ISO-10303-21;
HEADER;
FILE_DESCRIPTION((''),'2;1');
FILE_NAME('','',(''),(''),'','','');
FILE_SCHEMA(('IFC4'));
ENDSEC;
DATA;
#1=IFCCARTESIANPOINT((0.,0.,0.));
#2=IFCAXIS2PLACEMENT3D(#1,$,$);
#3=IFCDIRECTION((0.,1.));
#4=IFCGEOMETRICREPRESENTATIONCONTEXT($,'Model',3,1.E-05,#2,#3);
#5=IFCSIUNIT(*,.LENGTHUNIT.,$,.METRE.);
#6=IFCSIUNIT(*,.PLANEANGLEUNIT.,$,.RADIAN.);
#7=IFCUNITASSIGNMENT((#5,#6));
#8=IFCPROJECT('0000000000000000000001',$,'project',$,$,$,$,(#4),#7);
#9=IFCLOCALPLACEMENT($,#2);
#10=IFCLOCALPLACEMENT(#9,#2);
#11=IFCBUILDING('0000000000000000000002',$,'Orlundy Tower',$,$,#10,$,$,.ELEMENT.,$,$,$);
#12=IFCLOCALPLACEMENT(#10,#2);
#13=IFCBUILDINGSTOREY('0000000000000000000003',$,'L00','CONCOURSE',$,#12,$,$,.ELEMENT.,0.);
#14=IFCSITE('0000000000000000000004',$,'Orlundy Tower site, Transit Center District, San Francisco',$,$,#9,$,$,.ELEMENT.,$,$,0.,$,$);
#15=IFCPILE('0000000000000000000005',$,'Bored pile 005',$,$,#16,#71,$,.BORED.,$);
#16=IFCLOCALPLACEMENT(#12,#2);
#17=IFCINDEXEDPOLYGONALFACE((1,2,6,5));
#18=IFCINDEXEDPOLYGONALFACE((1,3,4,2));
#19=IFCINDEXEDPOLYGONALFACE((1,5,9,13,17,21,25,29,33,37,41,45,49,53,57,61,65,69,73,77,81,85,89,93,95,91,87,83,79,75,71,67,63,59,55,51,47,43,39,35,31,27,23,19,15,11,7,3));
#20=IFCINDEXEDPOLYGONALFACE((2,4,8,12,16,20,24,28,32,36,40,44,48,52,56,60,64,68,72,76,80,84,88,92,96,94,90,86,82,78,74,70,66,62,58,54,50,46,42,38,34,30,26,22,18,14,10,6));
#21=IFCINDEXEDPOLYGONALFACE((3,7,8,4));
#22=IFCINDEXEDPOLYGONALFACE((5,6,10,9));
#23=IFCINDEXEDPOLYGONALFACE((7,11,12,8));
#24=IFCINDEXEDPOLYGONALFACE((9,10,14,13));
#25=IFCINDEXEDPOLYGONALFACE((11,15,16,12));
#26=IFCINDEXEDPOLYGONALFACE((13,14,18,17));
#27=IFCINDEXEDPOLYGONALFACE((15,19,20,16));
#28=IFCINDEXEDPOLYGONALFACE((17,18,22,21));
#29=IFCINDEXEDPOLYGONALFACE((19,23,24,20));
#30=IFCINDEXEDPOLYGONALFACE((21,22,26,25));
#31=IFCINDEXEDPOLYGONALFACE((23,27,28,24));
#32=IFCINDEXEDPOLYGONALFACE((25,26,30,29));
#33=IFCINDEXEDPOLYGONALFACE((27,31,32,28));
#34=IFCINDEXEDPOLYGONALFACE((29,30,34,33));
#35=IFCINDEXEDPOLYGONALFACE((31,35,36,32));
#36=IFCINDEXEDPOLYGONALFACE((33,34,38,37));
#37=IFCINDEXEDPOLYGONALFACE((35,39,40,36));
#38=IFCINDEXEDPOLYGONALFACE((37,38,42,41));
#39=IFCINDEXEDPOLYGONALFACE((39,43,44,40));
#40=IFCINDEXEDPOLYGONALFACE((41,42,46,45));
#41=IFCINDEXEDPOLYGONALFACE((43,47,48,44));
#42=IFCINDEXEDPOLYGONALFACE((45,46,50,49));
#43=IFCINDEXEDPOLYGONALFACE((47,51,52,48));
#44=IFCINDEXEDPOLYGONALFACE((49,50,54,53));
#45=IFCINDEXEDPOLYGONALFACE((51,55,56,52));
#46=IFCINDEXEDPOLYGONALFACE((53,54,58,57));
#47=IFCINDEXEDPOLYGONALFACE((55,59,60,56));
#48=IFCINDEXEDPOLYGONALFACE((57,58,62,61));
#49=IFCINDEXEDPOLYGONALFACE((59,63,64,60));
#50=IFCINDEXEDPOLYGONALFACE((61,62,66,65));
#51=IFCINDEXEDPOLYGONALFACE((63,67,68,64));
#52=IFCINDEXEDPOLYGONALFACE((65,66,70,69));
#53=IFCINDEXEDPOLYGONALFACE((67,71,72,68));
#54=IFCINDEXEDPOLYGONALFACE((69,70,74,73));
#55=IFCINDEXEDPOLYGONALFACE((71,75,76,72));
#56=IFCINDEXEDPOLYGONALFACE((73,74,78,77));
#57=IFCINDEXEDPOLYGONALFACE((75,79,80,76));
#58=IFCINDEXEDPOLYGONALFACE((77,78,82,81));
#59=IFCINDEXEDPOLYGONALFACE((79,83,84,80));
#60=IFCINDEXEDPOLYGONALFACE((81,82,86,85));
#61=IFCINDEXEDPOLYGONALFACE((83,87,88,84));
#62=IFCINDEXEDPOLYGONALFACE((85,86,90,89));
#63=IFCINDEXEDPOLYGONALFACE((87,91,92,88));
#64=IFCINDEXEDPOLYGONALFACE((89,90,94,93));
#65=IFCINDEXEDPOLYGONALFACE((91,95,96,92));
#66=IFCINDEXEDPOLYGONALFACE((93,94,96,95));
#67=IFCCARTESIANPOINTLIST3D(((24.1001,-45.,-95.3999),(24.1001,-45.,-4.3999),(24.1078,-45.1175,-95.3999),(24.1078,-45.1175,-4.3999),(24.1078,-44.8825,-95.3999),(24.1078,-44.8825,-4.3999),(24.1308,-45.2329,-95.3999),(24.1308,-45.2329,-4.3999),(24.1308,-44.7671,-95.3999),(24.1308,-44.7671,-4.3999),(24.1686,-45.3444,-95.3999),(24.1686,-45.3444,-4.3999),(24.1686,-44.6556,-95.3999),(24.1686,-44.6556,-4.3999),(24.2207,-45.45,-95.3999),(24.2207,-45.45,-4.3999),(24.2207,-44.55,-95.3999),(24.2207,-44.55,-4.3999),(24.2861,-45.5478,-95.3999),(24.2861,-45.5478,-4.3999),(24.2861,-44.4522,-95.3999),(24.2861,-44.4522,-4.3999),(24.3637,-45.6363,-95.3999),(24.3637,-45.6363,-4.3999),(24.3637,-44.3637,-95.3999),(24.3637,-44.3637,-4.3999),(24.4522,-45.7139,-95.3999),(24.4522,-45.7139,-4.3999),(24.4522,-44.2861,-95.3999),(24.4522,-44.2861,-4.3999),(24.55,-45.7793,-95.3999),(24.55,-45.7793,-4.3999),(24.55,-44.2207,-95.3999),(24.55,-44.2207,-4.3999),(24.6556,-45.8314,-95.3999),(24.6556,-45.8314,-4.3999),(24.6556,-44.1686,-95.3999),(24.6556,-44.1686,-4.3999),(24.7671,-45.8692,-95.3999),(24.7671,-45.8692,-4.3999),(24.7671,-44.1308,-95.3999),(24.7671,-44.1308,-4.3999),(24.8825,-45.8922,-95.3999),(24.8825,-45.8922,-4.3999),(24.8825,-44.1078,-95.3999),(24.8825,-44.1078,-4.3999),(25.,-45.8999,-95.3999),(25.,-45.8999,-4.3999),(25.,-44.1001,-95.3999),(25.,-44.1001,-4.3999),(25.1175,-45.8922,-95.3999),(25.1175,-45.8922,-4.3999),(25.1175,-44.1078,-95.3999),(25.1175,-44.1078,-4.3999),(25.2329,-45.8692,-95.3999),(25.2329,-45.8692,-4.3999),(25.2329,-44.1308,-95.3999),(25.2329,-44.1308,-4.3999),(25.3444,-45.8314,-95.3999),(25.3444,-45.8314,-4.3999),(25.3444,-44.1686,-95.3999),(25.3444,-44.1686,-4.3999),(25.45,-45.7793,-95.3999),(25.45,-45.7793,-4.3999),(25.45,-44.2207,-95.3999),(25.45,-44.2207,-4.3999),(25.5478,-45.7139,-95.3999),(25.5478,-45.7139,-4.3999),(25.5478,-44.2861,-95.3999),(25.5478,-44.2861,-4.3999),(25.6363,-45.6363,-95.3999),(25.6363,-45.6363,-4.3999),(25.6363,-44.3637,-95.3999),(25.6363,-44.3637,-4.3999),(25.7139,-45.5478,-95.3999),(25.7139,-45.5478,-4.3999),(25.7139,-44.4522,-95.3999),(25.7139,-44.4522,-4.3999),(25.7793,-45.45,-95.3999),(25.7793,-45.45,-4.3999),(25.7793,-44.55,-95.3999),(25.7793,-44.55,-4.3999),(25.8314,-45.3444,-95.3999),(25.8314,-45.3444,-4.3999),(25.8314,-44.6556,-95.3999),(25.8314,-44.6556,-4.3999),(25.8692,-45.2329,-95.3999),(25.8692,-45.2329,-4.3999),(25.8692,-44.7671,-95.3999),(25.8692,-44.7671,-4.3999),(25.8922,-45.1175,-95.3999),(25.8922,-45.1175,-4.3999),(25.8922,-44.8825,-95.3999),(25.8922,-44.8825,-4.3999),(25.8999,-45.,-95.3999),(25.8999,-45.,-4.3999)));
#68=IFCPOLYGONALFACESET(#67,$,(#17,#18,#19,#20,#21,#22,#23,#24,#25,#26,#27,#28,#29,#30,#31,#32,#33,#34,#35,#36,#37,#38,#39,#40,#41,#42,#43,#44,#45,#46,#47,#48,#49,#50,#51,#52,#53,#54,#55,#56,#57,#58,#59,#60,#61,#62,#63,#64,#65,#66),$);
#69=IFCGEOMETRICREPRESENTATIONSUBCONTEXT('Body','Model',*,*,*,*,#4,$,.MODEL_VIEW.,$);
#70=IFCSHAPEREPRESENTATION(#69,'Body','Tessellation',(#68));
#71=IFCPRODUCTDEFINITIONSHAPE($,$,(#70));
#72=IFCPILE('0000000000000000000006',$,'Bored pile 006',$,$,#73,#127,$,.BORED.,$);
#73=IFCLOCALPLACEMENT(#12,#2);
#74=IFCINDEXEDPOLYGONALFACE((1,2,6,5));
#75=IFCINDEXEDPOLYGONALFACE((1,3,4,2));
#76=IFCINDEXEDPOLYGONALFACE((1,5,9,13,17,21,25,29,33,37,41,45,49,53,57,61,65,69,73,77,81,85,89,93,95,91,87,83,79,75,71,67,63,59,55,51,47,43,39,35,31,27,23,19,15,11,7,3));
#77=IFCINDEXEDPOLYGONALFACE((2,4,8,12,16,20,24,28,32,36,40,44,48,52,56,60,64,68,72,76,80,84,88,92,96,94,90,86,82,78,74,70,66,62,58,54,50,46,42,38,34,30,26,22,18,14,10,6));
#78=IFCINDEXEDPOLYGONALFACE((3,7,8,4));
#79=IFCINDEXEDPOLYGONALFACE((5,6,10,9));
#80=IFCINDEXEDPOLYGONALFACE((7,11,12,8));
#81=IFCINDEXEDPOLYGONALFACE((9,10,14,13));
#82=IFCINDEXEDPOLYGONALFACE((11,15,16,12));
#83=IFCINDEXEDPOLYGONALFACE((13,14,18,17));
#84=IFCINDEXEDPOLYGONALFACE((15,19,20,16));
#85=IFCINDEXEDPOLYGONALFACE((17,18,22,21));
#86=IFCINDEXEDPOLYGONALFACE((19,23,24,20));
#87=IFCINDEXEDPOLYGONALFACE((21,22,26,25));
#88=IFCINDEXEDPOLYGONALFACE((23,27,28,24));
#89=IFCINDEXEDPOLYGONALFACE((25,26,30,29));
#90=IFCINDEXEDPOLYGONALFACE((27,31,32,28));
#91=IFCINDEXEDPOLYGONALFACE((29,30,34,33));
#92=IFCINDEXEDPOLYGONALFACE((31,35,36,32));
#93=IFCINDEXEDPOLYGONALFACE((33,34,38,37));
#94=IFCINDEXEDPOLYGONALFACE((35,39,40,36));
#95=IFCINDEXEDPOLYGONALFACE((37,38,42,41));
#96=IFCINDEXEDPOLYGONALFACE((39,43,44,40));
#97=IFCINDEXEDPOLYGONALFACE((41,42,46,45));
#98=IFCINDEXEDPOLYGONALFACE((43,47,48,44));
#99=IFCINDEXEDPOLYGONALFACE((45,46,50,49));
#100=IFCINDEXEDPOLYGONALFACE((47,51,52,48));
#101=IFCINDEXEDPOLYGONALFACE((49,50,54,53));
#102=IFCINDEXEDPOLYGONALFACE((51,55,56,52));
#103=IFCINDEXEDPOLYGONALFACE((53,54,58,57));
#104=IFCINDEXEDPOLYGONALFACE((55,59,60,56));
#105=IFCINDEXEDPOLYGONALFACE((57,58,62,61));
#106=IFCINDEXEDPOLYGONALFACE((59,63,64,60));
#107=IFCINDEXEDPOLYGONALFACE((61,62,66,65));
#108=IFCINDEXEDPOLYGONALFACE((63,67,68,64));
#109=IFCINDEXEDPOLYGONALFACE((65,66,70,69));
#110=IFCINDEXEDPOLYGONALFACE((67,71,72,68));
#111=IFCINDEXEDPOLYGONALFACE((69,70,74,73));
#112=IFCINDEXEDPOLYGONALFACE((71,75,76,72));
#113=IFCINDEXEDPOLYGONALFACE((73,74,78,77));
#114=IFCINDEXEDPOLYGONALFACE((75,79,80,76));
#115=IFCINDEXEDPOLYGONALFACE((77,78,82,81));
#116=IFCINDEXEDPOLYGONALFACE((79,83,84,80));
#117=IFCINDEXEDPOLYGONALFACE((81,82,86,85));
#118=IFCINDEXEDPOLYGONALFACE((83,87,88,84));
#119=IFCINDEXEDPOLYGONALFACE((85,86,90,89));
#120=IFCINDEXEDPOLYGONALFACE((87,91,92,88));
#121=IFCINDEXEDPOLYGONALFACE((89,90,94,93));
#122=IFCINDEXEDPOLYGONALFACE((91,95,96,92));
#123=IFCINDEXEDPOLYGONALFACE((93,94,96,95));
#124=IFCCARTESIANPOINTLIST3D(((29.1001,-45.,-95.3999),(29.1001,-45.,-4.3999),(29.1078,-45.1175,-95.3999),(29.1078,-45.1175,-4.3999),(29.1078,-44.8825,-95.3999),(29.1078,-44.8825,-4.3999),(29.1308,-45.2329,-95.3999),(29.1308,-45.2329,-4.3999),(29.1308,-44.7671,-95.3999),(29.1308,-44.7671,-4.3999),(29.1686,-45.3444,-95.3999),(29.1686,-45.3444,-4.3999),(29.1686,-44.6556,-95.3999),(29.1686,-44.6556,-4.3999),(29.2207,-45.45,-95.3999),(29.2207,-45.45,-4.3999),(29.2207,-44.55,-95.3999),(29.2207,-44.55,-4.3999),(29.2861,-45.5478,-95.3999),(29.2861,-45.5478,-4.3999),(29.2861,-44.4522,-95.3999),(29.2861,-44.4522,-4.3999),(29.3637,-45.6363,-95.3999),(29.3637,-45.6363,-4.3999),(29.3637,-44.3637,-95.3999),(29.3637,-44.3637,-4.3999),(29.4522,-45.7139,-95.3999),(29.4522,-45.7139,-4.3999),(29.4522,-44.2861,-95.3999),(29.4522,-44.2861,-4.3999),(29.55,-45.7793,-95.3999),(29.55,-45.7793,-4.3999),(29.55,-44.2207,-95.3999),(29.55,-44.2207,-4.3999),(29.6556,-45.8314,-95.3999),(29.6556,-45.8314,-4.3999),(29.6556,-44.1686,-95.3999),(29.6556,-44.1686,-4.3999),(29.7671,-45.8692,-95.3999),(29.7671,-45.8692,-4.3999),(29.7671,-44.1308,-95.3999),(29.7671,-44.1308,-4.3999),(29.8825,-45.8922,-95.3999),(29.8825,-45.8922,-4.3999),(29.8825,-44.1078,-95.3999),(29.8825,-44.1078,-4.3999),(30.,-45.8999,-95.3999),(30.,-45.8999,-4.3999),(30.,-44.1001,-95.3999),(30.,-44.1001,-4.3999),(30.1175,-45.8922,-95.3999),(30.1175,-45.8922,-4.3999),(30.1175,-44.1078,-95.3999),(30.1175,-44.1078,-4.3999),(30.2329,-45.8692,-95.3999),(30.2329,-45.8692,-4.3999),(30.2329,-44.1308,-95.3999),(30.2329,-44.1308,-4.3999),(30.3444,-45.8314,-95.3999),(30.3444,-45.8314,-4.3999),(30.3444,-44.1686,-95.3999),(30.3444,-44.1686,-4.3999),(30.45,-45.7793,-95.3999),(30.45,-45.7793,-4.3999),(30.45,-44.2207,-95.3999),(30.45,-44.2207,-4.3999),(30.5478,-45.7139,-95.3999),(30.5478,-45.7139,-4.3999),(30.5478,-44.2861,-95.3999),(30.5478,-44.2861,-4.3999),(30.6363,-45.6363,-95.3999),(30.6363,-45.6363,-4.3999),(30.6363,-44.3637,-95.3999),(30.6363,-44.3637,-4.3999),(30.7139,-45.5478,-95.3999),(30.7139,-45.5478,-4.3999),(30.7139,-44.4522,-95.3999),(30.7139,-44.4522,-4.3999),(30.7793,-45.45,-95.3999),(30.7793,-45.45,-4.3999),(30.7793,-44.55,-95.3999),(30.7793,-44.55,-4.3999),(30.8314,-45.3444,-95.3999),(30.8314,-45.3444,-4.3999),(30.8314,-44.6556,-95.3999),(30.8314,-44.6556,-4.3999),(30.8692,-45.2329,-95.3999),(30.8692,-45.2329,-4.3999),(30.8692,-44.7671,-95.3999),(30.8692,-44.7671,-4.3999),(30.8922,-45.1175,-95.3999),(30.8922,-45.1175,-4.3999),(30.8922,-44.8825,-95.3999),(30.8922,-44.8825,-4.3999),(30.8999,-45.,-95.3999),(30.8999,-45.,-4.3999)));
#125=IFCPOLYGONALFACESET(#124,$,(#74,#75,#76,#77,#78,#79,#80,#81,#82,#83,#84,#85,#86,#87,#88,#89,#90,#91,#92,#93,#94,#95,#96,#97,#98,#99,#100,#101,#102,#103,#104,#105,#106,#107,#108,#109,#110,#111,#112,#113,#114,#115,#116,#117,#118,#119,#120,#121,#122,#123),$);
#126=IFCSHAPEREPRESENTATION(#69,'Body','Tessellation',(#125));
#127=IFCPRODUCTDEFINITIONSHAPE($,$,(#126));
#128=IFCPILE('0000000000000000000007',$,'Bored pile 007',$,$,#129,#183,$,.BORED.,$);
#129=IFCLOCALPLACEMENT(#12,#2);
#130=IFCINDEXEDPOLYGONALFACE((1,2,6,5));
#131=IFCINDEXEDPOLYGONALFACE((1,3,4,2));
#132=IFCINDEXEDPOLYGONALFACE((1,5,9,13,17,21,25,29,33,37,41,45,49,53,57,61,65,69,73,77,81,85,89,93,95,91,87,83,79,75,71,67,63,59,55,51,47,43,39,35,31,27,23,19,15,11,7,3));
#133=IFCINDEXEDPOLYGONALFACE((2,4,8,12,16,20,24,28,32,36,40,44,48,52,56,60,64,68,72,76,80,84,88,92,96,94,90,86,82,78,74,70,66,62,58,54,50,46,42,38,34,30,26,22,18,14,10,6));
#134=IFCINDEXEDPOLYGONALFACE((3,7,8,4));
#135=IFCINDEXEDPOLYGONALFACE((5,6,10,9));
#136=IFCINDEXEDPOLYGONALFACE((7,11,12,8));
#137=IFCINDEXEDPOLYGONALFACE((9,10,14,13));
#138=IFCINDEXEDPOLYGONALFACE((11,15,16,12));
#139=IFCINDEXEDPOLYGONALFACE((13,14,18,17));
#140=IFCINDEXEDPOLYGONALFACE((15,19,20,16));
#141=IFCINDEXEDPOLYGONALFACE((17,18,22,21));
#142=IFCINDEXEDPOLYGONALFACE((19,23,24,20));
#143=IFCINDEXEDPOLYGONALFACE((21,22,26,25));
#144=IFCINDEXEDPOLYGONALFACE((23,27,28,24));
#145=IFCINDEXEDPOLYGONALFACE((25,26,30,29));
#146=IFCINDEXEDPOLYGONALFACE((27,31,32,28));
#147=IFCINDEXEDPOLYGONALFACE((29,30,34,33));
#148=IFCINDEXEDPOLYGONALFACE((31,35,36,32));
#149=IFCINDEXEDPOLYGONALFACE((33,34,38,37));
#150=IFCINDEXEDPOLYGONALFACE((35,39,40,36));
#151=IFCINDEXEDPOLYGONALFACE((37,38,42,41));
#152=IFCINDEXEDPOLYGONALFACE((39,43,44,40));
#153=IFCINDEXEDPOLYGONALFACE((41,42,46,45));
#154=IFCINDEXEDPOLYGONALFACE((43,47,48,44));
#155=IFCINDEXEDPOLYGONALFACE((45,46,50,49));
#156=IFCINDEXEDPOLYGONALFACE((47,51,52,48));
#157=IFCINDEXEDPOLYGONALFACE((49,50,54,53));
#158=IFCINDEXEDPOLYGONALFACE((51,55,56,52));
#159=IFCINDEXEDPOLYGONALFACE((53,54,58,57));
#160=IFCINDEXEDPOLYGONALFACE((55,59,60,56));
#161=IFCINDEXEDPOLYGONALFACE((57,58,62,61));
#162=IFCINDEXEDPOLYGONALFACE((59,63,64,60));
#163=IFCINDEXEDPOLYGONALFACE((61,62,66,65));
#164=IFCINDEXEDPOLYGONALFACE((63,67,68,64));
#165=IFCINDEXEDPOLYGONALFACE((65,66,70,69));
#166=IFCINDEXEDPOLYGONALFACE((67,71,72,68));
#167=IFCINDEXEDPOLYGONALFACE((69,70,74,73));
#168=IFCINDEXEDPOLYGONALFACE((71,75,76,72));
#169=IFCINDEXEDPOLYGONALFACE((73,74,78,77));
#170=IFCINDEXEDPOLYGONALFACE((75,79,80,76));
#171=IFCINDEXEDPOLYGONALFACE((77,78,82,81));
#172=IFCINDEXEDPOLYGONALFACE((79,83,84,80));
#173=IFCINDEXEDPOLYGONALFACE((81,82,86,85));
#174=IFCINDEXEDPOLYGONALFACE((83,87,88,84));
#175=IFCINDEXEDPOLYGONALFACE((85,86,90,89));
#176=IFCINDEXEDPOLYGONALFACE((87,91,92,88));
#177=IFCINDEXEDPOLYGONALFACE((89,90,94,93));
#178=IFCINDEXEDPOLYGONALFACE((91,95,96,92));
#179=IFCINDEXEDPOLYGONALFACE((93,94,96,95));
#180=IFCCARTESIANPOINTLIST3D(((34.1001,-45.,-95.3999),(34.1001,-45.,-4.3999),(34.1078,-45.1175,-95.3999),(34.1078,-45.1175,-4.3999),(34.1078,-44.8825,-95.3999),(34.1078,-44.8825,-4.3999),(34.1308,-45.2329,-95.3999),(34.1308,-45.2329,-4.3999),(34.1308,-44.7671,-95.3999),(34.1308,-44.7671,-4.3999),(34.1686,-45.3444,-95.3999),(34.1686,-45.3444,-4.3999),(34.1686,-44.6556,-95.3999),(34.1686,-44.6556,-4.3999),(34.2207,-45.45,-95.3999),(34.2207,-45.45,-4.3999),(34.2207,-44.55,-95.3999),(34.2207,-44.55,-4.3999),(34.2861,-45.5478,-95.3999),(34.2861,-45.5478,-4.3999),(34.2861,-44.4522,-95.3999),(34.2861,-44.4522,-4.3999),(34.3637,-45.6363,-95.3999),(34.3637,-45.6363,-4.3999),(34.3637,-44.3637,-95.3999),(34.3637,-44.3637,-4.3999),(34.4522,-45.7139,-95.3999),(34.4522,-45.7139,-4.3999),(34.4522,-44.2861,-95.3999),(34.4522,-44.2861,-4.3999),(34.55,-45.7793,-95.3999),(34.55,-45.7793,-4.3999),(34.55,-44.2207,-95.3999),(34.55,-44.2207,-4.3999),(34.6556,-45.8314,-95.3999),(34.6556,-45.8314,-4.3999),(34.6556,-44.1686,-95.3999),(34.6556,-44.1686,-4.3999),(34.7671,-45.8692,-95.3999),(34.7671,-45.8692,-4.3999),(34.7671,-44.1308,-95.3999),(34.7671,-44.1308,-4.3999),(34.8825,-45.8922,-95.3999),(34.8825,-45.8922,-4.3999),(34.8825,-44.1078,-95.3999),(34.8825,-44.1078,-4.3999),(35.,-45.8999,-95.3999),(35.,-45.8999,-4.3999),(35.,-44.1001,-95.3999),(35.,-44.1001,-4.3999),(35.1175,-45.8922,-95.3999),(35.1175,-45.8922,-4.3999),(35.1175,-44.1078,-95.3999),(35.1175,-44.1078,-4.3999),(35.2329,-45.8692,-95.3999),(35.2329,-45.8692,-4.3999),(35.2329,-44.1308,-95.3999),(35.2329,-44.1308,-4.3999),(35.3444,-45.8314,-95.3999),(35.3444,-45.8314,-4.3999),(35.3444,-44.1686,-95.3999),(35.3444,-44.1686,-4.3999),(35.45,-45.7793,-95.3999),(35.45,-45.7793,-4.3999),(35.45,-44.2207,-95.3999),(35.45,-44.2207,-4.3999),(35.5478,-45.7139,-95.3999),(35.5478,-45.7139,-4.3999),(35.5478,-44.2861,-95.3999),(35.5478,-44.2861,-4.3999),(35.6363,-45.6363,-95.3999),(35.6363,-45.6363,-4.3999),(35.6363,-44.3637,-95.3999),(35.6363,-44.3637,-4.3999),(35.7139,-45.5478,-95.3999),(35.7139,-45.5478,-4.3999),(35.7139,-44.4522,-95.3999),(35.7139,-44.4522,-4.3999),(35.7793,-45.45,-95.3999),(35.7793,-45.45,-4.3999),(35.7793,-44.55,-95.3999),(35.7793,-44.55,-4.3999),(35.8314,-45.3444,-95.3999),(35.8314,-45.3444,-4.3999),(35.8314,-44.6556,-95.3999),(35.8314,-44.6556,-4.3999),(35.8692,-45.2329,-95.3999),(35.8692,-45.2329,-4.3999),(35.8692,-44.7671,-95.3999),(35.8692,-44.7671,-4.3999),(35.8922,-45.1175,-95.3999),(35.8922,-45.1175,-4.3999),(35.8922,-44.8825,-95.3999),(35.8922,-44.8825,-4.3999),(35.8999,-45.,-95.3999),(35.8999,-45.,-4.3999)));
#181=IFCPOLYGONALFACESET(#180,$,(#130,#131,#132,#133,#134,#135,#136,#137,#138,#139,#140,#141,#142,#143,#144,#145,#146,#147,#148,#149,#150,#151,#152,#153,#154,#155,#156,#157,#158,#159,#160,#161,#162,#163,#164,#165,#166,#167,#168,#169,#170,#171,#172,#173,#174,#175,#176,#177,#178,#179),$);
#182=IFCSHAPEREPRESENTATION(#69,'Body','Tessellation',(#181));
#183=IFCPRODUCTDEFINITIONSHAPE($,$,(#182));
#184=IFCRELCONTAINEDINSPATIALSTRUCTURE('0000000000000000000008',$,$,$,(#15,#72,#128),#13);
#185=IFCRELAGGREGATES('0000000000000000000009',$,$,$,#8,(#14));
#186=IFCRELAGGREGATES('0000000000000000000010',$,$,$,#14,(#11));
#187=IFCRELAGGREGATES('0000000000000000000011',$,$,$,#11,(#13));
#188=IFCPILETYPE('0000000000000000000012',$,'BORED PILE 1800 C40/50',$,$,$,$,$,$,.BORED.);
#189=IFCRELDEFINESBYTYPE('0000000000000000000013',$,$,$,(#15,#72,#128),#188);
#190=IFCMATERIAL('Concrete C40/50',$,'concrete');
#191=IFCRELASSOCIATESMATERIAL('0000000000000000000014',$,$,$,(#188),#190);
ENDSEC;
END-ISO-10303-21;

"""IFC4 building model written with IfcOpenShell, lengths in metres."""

from ifc_helpers import new_model, si_unit, direction, frame, origin, origin_2d, place, context, subcontext, project, spatial, circle, extrude, material, material_profile, profile_set, type_object, element, save


model = new_model("IFC4")

# Units and contexts
model_context = context("Model", 3, precision=1e-05, world=origin(), true_north=direction((0.0, 1.0)))
body_context = subcontext(model_context, "Body", "Model", "MODEL_VIEW")
ifc_project = project(units=[si_unit("LENGTHUNIT", "METRE"), si_unit("PLANEANGLEUNIT", "RADIAN")], contexts=[model_context])

# Site, building, storey
site_placement = place(None, origin())
site = spatial("IfcSite", under=ifc_project, at=site_placement, Name="Orlundy Tower site, Transit Center District, San Francisco", CompositionType="ELEMENT", RefElevation=0.0)
building_placement = place(site_placement, origin())
building = spatial("IfcBuilding", under=site, at=building_placement, Name="Orlundy Tower", CompositionType="ELEMENT")
storey_placement = place(building_placement, origin())
storey = spatial("IfcBuildingStorey", under=building, at=storey_placement, Name="L00", Description="CONCOURSE", CompositionType="ELEMENT", Elevation=0.0)

# Piles
ifc_material_1 = material(Name="Concrete C40/50", Category="concrete")
ifc_material_profile_1 = material_profile(ifc_material_1, circle(Radius=0.8999, at=origin_2d()), Name="BP1800")
ifc_profile_set_1 = profile_set([ifc_material_profile_1], Name="Concrete C40/50")
pile_type = type_object("IfcPileType", Name="BORED PILE 1800 C40/50", PredefinedType="BORED", material=ifc_profile_set_1)
for number, where, z_axis, x_axis, name in (
    (1, (25.0, -45.0, -4.3999), (0.0, 0.0, -1.0), (1.0, 0.0, 0.0), "Bored pile 005"),
    (2, (30.0, -45.0, -4.3999), (0.0, 0.0, -1.0), (1.0, 0.0, 0.0), "Bored pile 006"),
    (3, (35.0, -45.0, -4.3999), (0.0, 0.0, -1.0), (1.0, 0.0, 0.0), "Bored pile 007"),
):
    element("IfcPile", number, at=place(storey_placement, frame(where, z_axis=z_axis, x_axis=x_axis)), inside=storey, type_object=pile_type, Name=name, PredefinedType="BORED", context=body_context, shape_type="SweptSolid", body=[
        extrude(circle(Radius=0.8999, at=origin_2d()), origin(), (0.0, 0.0, 1.0), 91.0),
    ])

save(model, "model.ifc")
